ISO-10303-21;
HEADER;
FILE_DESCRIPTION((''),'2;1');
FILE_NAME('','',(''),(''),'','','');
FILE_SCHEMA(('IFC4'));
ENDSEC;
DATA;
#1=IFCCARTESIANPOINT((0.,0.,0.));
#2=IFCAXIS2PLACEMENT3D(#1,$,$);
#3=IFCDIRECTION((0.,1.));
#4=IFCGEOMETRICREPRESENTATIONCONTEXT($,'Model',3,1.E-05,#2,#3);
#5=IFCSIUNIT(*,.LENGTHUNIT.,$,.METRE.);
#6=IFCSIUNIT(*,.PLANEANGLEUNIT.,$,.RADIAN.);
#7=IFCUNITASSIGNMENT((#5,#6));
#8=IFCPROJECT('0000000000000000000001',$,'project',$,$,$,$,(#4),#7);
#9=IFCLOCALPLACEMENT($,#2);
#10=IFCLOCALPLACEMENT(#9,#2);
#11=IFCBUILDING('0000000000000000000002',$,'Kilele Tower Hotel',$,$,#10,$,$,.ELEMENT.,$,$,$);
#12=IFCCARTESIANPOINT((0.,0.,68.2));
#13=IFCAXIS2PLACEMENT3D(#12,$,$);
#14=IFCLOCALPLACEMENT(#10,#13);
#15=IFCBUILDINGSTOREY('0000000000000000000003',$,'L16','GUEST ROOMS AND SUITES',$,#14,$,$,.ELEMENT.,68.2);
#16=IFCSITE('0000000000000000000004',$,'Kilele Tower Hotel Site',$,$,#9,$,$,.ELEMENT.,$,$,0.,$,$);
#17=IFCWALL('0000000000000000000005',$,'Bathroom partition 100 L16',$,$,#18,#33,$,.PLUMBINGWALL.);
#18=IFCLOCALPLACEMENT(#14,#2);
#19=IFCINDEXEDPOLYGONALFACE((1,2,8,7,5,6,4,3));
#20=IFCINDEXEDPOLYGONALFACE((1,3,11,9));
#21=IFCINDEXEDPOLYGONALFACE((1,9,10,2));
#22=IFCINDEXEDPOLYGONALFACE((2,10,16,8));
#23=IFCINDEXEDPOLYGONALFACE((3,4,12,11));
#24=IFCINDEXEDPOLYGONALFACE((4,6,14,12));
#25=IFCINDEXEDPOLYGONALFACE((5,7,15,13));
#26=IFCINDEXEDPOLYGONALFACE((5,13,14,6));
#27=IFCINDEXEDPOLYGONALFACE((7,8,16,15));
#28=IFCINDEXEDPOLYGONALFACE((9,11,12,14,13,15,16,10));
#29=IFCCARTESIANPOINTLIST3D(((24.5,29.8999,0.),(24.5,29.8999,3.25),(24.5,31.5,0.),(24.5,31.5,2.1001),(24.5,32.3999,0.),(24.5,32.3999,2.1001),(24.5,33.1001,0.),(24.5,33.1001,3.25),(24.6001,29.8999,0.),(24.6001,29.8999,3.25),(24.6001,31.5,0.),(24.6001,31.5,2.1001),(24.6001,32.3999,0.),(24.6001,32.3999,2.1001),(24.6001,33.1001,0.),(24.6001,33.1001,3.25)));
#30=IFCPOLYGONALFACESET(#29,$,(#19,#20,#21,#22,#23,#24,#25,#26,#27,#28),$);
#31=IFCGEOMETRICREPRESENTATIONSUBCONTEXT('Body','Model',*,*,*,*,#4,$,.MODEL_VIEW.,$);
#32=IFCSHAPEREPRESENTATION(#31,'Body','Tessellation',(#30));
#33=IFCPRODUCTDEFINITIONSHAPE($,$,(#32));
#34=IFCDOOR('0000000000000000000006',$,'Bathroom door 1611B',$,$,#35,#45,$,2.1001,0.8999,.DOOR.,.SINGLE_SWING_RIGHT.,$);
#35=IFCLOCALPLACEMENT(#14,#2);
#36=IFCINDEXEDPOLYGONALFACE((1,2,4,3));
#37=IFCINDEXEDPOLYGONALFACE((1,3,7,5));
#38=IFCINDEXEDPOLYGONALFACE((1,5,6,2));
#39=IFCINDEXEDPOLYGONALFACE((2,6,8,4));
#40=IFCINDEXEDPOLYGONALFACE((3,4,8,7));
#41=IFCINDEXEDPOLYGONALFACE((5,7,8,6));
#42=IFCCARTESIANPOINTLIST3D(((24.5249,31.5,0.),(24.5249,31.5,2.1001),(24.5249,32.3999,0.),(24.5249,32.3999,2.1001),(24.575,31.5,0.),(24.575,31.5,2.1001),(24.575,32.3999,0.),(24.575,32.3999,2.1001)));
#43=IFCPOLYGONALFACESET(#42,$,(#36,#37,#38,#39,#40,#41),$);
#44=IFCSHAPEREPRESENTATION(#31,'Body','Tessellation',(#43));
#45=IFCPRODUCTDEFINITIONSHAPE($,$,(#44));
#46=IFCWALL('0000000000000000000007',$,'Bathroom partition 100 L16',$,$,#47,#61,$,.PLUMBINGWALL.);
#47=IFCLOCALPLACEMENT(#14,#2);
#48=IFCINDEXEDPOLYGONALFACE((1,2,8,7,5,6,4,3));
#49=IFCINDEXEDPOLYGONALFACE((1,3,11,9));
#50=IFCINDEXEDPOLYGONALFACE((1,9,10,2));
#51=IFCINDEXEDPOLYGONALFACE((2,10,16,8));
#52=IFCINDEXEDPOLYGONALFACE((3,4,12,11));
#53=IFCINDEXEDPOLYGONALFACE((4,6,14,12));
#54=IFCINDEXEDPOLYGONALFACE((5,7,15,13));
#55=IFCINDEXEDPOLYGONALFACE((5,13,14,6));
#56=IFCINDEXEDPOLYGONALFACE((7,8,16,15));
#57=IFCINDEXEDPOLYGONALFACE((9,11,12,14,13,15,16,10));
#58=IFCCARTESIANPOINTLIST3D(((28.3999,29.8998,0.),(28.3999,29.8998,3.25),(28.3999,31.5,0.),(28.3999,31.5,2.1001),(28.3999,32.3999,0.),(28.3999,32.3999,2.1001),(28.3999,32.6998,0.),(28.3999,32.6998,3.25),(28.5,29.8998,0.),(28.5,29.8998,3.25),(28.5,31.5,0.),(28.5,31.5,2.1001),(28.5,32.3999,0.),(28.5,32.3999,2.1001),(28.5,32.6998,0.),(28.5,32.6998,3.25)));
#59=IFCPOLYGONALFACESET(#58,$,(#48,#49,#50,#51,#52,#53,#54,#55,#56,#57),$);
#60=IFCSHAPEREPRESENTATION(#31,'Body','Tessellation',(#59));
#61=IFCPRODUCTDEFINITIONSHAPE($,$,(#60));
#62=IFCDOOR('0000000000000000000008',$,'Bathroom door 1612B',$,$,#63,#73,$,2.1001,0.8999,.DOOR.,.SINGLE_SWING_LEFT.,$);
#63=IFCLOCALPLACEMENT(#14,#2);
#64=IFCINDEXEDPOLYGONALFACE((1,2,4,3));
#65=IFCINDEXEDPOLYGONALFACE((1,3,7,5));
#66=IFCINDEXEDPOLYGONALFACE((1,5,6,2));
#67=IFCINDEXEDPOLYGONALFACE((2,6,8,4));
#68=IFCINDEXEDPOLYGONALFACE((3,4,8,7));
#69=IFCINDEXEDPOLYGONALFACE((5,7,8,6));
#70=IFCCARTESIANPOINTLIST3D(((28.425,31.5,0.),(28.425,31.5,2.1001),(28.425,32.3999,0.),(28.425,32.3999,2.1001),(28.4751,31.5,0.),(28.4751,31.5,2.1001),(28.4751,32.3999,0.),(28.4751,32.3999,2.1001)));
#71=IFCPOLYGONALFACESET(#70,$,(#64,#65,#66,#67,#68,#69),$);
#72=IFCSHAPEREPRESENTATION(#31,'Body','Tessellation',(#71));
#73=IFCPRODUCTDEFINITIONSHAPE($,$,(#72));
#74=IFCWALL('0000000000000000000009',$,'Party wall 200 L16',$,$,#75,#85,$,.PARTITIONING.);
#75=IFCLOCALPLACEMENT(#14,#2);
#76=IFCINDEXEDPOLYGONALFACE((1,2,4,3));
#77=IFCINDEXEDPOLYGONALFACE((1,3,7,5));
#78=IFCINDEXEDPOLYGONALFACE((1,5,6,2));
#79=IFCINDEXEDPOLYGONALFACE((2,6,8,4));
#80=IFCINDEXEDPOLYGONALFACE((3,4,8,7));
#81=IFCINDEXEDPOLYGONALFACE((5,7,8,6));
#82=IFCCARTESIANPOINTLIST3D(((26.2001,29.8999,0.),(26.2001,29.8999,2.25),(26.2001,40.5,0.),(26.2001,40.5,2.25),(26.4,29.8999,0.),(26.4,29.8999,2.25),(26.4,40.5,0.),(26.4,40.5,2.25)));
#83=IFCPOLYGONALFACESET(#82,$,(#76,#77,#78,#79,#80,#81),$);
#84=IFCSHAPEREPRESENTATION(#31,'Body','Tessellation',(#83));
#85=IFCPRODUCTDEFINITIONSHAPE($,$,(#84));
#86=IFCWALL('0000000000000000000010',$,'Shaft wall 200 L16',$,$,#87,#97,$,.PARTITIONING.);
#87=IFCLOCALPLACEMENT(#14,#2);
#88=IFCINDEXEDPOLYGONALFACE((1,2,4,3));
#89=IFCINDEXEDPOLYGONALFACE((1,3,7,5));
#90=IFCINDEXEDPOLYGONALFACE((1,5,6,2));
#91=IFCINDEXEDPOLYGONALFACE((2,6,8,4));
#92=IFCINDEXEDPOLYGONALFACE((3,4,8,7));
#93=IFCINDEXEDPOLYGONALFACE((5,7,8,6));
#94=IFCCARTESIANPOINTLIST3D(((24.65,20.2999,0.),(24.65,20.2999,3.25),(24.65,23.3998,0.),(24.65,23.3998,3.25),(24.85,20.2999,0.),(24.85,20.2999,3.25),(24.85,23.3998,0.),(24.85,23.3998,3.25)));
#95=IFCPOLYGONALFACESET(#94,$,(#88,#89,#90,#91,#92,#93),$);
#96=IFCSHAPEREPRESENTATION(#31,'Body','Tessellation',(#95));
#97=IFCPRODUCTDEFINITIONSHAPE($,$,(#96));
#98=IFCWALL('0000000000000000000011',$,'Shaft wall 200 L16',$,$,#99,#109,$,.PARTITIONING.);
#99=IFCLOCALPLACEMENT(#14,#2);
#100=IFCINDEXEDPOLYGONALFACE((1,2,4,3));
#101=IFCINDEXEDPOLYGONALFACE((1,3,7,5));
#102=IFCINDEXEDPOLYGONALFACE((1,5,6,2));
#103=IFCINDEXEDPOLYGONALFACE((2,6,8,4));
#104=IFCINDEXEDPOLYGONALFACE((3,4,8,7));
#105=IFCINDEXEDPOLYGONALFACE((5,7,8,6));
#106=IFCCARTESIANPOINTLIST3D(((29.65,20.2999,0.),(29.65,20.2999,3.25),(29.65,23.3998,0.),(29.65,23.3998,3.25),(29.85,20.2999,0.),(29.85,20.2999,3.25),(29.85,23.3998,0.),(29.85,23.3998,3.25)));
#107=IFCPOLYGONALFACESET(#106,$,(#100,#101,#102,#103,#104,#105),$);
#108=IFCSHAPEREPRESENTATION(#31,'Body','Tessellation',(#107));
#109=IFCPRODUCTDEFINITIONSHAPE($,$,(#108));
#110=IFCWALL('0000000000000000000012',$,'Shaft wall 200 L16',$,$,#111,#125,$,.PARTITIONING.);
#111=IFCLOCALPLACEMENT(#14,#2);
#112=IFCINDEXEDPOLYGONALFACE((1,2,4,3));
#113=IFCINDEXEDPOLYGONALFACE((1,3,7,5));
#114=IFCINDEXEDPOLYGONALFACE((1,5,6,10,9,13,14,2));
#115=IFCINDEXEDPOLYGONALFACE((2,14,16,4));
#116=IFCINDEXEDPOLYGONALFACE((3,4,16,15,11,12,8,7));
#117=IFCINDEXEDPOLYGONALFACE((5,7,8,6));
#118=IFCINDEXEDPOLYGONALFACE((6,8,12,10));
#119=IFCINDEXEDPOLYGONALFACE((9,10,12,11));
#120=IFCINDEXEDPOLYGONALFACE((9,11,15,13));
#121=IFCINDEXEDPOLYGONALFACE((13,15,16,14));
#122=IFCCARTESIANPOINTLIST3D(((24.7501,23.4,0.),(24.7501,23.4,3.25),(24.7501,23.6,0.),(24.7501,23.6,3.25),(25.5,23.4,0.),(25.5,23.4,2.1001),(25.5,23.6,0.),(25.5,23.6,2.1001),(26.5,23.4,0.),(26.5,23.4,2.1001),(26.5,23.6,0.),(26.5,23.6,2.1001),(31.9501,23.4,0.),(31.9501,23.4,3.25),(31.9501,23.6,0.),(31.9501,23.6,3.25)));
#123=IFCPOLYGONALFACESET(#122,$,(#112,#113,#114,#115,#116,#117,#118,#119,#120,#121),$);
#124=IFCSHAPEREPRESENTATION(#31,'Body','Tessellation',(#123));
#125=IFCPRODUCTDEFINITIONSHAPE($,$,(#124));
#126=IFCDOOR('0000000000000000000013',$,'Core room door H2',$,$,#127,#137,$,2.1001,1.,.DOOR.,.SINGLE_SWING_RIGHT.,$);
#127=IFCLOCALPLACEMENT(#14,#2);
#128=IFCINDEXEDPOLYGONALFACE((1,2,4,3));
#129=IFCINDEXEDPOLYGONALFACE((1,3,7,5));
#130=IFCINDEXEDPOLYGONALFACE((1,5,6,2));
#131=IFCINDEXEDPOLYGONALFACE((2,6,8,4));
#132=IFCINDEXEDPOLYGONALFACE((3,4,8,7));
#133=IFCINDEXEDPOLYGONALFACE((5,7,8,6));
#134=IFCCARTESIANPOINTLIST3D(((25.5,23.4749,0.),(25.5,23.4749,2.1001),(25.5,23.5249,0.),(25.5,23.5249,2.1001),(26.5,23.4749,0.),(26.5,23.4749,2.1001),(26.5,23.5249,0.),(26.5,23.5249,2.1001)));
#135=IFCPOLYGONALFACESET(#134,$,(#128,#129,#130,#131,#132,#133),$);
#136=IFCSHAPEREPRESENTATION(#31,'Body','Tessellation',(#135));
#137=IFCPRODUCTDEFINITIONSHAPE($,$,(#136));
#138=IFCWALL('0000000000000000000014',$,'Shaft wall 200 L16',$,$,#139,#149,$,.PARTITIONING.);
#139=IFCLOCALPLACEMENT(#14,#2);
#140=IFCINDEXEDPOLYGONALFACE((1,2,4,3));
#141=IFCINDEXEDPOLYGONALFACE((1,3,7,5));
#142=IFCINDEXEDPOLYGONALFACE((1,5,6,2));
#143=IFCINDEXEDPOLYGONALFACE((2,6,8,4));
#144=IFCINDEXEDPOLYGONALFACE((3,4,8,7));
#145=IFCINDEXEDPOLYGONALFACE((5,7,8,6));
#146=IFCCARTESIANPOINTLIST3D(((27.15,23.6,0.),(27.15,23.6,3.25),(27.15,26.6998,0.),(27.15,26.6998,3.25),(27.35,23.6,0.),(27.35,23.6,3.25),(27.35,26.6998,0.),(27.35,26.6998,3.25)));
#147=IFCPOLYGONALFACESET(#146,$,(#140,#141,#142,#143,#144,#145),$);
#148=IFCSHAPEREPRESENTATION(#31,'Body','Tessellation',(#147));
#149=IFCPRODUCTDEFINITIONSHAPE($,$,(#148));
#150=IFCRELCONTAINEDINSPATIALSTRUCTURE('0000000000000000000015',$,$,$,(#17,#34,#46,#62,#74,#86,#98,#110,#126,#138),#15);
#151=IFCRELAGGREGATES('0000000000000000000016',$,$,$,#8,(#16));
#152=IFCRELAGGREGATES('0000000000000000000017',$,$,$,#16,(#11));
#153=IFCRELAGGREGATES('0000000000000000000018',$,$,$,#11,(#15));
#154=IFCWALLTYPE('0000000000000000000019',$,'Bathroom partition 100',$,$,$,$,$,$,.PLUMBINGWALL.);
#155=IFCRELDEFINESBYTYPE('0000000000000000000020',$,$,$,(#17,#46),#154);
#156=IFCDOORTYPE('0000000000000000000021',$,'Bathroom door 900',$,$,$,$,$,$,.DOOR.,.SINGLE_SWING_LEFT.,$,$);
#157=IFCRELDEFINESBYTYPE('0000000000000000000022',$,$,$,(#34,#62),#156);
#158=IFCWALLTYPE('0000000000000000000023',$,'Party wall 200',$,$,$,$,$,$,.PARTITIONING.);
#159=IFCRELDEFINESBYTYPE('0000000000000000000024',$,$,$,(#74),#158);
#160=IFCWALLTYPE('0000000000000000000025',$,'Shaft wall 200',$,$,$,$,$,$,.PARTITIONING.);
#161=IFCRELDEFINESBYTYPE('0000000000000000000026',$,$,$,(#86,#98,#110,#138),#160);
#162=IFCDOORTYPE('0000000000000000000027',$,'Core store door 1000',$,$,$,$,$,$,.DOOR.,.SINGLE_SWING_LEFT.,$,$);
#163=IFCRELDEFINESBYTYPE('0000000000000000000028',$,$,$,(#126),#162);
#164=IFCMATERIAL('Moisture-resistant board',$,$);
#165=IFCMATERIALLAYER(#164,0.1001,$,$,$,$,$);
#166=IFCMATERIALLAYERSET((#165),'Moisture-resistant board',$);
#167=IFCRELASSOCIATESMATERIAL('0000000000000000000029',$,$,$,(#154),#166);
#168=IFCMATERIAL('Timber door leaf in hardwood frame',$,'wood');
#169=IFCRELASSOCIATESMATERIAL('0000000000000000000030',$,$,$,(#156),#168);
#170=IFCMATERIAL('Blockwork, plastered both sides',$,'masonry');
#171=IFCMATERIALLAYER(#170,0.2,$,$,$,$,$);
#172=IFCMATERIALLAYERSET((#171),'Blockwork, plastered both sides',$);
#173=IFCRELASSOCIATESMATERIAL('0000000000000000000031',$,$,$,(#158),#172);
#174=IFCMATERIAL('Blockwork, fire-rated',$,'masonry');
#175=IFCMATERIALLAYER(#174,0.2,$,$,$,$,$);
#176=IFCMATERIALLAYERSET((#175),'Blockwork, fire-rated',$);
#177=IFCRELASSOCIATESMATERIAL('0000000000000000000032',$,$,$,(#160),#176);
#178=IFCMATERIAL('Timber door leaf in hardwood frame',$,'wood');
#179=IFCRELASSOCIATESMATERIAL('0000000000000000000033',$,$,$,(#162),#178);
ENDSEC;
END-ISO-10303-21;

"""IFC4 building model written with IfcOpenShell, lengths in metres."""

from ifc_helpers import new_model, si_unit, direction, frame, frame_2d, origin, place, context, subcontext, project, spatial, rectangle, extrude, material, layer, layer_set, type_object, element, fill, save


model = new_model("IFC4")

# Units and contexts
model_context = context("Model", 3, precision=1e-05, world=origin(), true_north=direction((0.0, 1.0)))
body_context = subcontext(model_context, "Body", "Model", "MODEL_VIEW")
ifc_project = project(units=[si_unit("LENGTHUNIT", "METRE"), si_unit("PLANEANGLEUNIT", "RADIAN")], contexts=[model_context])

# Site, building, storey
site_placement = place(None, origin())
site = spatial("IfcSite", under=ifc_project, at=site_placement, Name="Kilele Tower Hotel Site", CompositionType="ELEMENT", RefElevation=0.0)
building_placement = place(site_placement, origin())
building = spatial("IfcBuilding", under=site, at=building_placement, Name="Kilele Tower Hotel", CompositionType="ELEMENT")
storey_placement = place(building_placement, frame((0.0, 0.0, 68.2)))
storey = spatial("IfcBuildingStorey", under=building, at=storey_placement, Name="L16", Description="GUEST ROOMS AND SUITES", CompositionType="ELEMENT", Elevation=68.2)

# Walls, openings, doors
ifc_material_1 = material(Name="Moisture-resistant board")
ifc_layer_1 = layer(ifc_material_1, 0.1001)
ifc_layer_set_1 = layer_set([ifc_layer_1], Name="Moisture-resistant board")
wall_type_1 = type_object("IfcWallType", Name="Bathroom partition 100", PredefinedType="PLUMBINGWALL", material=ifc_layer_set_1)
wall_1_placement = place(storey_placement, frame((24.55, 29.8999, 0.0), z_axis=(0.0, 0.0, 1.0), x_axis=(0.0, 1.0, 0.0)))
wall_1 = element("IfcWall", 1, at=wall_1_placement, inside=storey, type_object=wall_type_1, Name="Bathroom partition 100 L16", PredefinedType="PLUMBINGWALL", context=body_context, shape_type="SweptSolid", body=[
    extrude(rectangle(XDim=3.2002, YDim=0.1001, at=frame_2d((1.6001, 0.0))), origin(), (0.0, 0.0, 1.0), 3.25),
])
opening_1_placement = place(wall_1_placement, frame((2.5, 0.0, 0.0), z_axis=(0.0, 0.0, 1.0), x_axis=(-1.0, 0.0, 0.0)))
opening_1 = element("IfcOpeningElement", 2, at=opening_1_placement, cuts=wall_1, PredefinedType="OPENING", context=body_context, shape_type="SweptSolid", body=[
    extrude(rectangle(XDim=0.8999, YDim=2.1001, at=frame_2d((0.45, 1.05))), frame((0.0, 0.0601, 0.0), z_axis=(0.0, -1.0, 0.0), x_axis=(1.0, 0.0, 0.0)), (0.0, 0.0, 1.0), 0.1201),
])
ifc_material_2 = material(Name="Timber door leaf in hardwood frame", Category="wood")
door_type_1 = type_object("IfcDoorType", Name="Bathroom door 900", OperationType="SINGLE_SWING_LEFT", PredefinedType="DOOR", material=ifc_material_2)
door_1_placement = place(opening_1_placement, origin())
door_1 = element("IfcDoor", 3, at=door_1_placement, inside=storey, type_object=door_type_1, Name="Bathroom door 1611B", OperationType="SINGLE_SWING_RIGHT", OverallHeight=2.1001, OverallWidth=0.8999, PredefinedType="DOOR", context=body_context, shape_type="SweptSolid", body=[
    extrude(rectangle(XDim=0.8999, YDim=2.1001, at=frame_2d((0.45, 1.05))), frame((0.0, 0.0249, 0.0), z_axis=(0.0, -1.0, 0.0), x_axis=(1.0, 0.0, 0.0)), (0.0, 0.0, 1.0), 0.05),
])
fill(opening_1, door_1)
wall_2_placement = place(storey_placement, frame((28.45, 29.8999, 0.0), z_axis=(0.0, 0.0, 1.0), x_axis=(0.0, 1.0, 0.0)))
wall_2 = element("IfcWall", 4, at=wall_2_placement, inside=storey, type_object=wall_type_1, Name="Bathroom partition 100 L16", PredefinedType="PLUMBINGWALL", context=body_context, shape_type="SweptSolid", body=[
    extrude(rectangle(XDim=2.8, YDim=0.1001, at=frame_2d((1.3999, 0.0))), origin(), (0.0, 0.0, 1.0), 3.25),
])
opening_2_placement = place(wall_2_placement, frame((1.6001, 0.0, 0.0)))
opening_2 = element("IfcOpeningElement", 5, at=opening_2_placement, cuts=wall_2, PredefinedType="OPENING", context=body_context, shape_type="SweptSolid", body=[
    extrude(rectangle(XDim=0.8999, YDim=2.1001, at=frame_2d((0.45, 1.05))), frame((0.0, 0.0601, 0.0), z_axis=(0.0, -1.0, 0.0), x_axis=(1.0, 0.0, 0.0)), (0.0, 0.0, 1.0), 0.1201),
])
door_2_placement = place(opening_2_placement, origin())
door_2 = element("IfcDoor", 6, at=door_2_placement, inside=storey, type_object=door_type_1, Name="Bathroom door 1612B", OperationType="SINGLE_SWING_LEFT", OverallHeight=2.1001, OverallWidth=0.8999, PredefinedType="DOOR", context=body_context, shape_type="SweptSolid", body=[
    extrude(rectangle(XDim=0.8999, YDim=2.1001, at=frame_2d((0.45, 1.05))), frame((0.0, 0.0249, 0.0), z_axis=(0.0, -1.0, 0.0), x_axis=(1.0, 0.0, 0.0)), (0.0, 0.0, 1.0), 0.05),
])
fill(opening_2, door_2)

# Walls
ifc_material_3 = material(Name="Blockwork, plastered both sides", Category="masonry")
ifc_layer_2 = layer(ifc_material_3, 0.2)
ifc_layer_set_2 = layer_set([ifc_layer_2], Name="Blockwork, plastered both sides")
wall_type_2 = type_object("IfcWallType", Name="Party wall 200", PredefinedType="PARTITIONING", material=ifc_layer_set_2)
wall_3_placement = place(storey_placement, frame((26.3, 29.8999, 0.0), z_axis=(0.0, 0.0, 1.0), x_axis=(0.0, 1.0, 0.0)))
element("IfcWall", 7, at=wall_3_placement, inside=storey, type_object=wall_type_2, Name="Party wall 200 L16", PredefinedType="PARTITIONING", context=body_context, shape_type="SweptSolid", body=[
    extrude(rectangle(XDim=10.6001, YDim=0.2, at=frame_2d((5.3, 0.0))), origin(), (0.0, 0.0, 1.0), 2.25),
])
ifc_material_4 = material(Name="Blockwork, fire-rated", Category="masonry")
ifc_layer_3 = layer(ifc_material_4, 0.2)
ifc_layer_set_3 = layer_set([ifc_layer_3], Name="Blockwork, fire-rated")
wall_type_3 = type_object("IfcWallType", Name="Shaft wall 200", PredefinedType="PARTITIONING", material=ifc_layer_set_3)
for number, where, z_axis, x_axis, name in (
    (8, (24.75, 20.3, 0.0), (0.0, 0.0, 1.0), (0.0, 1.0, 0.0), "Shaft wall 200 L16"),
    (9, (29.75, 20.3, 0.0), (0.0, 0.0, 1.0), (0.0, 1.0, 0.0), "Shaft wall 200 L16"),
):
    element("IfcWall", number, at=place(storey_placement, frame(where, z_axis=z_axis, x_axis=x_axis)), inside=storey, type_object=wall_type_3, Name=name, PredefinedType="PARTITIONING", context=body_context, shape_type="SweptSolid", body=[
        extrude(rectangle(XDim=3.0999, YDim=0.2, at=frame_2d((1.5498, 0.0))), origin(), (0.0, 0.0, 1.0), 3.25),
    ])

# Wall, opening, door
wall_4_placement = place(storey_placement, frame((24.75, 23.5, 0.0), z_axis=(0.0, 0.0, 1.0), x_axis=(1.0, 0.0, 0.0)))
wall_4 = element("IfcWall", 10, at=wall_4_placement, inside=storey, type_object=wall_type_3, Name="Shaft wall 200 L16", PredefinedType="PARTITIONING", context=body_context, shape_type="SweptSolid", body=[
    extrude(rectangle(XDim=7.2, YDim=0.2, at=frame_2d((3.6001, 0.0))), origin(), (0.0, 0.0, 1.0), 3.25),
])
opening_3_placement = place(wall_4_placement, frame((0.75, 0.0, 0.0)))
opening_3 = element("IfcOpeningElement", 11, at=opening_3_placement, cuts=wall_4, PredefinedType="OPENING", context=body_context, shape_type="SweptSolid", body=[
    extrude(rectangle(XDim=1.0, YDim=2.1001, at=frame_2d((0.5, 1.05))), frame((0.0, 0.1099, 0.0), z_axis=(0.0, -1.0, 0.0), x_axis=(1.0, 0.0, 0.0)), (0.0, 0.0, 1.0), 0.22),
])
ifc_material_5 = material(Name="Timber door leaf in hardwood frame", Category="wood")
door_type_2 = type_object("IfcDoorType", Name="Core store door 1000", OperationType="SINGLE_SWING_LEFT", PredefinedType="DOOR", material=ifc_material_5)
door_3_placement = place(opening_3_placement, origin())
door_3 = element("IfcDoor", 12, at=door_3_placement, inside=storey, type_object=door_type_2, Name="Core room door H2", OperationType="SINGLE_SWING_RIGHT", OverallHeight=2.1001, OverallWidth=1.0, PredefinedType="DOOR", context=body_context, shape_type="SweptSolid", body=[
    extrude(rectangle(XDim=1.0, YDim=2.1001, at=frame_2d((0.5, 1.05))), frame((0.0, 0.0249, 0.0), z_axis=(0.0, -1.0, 0.0), x_axis=(1.0, 0.0, 0.0)), (0.0, 0.0, 1.0), 0.05),
])
fill(opening_3, door_3)

# Wall
wall_5_placement = place(storey_placement, frame((27.25, 23.6001, 0.0), z_axis=(0.0, 0.0, 1.0), x_axis=(0.0, 1.0, 0.0)))
element("IfcWall", 13, at=wall_5_placement, inside=storey, type_object=wall_type_3, Name="Shaft wall 200 L16", PredefinedType="PARTITIONING", context=body_context, shape_type="SweptSolid", body=[
    extrude(rectangle(XDim=3.0999, YDim=0.2, at=frame_2d((1.5498, 0.0))), origin(), (0.0, 0.0, 1.0), 3.25),
])

save(model, "model.ifc")
